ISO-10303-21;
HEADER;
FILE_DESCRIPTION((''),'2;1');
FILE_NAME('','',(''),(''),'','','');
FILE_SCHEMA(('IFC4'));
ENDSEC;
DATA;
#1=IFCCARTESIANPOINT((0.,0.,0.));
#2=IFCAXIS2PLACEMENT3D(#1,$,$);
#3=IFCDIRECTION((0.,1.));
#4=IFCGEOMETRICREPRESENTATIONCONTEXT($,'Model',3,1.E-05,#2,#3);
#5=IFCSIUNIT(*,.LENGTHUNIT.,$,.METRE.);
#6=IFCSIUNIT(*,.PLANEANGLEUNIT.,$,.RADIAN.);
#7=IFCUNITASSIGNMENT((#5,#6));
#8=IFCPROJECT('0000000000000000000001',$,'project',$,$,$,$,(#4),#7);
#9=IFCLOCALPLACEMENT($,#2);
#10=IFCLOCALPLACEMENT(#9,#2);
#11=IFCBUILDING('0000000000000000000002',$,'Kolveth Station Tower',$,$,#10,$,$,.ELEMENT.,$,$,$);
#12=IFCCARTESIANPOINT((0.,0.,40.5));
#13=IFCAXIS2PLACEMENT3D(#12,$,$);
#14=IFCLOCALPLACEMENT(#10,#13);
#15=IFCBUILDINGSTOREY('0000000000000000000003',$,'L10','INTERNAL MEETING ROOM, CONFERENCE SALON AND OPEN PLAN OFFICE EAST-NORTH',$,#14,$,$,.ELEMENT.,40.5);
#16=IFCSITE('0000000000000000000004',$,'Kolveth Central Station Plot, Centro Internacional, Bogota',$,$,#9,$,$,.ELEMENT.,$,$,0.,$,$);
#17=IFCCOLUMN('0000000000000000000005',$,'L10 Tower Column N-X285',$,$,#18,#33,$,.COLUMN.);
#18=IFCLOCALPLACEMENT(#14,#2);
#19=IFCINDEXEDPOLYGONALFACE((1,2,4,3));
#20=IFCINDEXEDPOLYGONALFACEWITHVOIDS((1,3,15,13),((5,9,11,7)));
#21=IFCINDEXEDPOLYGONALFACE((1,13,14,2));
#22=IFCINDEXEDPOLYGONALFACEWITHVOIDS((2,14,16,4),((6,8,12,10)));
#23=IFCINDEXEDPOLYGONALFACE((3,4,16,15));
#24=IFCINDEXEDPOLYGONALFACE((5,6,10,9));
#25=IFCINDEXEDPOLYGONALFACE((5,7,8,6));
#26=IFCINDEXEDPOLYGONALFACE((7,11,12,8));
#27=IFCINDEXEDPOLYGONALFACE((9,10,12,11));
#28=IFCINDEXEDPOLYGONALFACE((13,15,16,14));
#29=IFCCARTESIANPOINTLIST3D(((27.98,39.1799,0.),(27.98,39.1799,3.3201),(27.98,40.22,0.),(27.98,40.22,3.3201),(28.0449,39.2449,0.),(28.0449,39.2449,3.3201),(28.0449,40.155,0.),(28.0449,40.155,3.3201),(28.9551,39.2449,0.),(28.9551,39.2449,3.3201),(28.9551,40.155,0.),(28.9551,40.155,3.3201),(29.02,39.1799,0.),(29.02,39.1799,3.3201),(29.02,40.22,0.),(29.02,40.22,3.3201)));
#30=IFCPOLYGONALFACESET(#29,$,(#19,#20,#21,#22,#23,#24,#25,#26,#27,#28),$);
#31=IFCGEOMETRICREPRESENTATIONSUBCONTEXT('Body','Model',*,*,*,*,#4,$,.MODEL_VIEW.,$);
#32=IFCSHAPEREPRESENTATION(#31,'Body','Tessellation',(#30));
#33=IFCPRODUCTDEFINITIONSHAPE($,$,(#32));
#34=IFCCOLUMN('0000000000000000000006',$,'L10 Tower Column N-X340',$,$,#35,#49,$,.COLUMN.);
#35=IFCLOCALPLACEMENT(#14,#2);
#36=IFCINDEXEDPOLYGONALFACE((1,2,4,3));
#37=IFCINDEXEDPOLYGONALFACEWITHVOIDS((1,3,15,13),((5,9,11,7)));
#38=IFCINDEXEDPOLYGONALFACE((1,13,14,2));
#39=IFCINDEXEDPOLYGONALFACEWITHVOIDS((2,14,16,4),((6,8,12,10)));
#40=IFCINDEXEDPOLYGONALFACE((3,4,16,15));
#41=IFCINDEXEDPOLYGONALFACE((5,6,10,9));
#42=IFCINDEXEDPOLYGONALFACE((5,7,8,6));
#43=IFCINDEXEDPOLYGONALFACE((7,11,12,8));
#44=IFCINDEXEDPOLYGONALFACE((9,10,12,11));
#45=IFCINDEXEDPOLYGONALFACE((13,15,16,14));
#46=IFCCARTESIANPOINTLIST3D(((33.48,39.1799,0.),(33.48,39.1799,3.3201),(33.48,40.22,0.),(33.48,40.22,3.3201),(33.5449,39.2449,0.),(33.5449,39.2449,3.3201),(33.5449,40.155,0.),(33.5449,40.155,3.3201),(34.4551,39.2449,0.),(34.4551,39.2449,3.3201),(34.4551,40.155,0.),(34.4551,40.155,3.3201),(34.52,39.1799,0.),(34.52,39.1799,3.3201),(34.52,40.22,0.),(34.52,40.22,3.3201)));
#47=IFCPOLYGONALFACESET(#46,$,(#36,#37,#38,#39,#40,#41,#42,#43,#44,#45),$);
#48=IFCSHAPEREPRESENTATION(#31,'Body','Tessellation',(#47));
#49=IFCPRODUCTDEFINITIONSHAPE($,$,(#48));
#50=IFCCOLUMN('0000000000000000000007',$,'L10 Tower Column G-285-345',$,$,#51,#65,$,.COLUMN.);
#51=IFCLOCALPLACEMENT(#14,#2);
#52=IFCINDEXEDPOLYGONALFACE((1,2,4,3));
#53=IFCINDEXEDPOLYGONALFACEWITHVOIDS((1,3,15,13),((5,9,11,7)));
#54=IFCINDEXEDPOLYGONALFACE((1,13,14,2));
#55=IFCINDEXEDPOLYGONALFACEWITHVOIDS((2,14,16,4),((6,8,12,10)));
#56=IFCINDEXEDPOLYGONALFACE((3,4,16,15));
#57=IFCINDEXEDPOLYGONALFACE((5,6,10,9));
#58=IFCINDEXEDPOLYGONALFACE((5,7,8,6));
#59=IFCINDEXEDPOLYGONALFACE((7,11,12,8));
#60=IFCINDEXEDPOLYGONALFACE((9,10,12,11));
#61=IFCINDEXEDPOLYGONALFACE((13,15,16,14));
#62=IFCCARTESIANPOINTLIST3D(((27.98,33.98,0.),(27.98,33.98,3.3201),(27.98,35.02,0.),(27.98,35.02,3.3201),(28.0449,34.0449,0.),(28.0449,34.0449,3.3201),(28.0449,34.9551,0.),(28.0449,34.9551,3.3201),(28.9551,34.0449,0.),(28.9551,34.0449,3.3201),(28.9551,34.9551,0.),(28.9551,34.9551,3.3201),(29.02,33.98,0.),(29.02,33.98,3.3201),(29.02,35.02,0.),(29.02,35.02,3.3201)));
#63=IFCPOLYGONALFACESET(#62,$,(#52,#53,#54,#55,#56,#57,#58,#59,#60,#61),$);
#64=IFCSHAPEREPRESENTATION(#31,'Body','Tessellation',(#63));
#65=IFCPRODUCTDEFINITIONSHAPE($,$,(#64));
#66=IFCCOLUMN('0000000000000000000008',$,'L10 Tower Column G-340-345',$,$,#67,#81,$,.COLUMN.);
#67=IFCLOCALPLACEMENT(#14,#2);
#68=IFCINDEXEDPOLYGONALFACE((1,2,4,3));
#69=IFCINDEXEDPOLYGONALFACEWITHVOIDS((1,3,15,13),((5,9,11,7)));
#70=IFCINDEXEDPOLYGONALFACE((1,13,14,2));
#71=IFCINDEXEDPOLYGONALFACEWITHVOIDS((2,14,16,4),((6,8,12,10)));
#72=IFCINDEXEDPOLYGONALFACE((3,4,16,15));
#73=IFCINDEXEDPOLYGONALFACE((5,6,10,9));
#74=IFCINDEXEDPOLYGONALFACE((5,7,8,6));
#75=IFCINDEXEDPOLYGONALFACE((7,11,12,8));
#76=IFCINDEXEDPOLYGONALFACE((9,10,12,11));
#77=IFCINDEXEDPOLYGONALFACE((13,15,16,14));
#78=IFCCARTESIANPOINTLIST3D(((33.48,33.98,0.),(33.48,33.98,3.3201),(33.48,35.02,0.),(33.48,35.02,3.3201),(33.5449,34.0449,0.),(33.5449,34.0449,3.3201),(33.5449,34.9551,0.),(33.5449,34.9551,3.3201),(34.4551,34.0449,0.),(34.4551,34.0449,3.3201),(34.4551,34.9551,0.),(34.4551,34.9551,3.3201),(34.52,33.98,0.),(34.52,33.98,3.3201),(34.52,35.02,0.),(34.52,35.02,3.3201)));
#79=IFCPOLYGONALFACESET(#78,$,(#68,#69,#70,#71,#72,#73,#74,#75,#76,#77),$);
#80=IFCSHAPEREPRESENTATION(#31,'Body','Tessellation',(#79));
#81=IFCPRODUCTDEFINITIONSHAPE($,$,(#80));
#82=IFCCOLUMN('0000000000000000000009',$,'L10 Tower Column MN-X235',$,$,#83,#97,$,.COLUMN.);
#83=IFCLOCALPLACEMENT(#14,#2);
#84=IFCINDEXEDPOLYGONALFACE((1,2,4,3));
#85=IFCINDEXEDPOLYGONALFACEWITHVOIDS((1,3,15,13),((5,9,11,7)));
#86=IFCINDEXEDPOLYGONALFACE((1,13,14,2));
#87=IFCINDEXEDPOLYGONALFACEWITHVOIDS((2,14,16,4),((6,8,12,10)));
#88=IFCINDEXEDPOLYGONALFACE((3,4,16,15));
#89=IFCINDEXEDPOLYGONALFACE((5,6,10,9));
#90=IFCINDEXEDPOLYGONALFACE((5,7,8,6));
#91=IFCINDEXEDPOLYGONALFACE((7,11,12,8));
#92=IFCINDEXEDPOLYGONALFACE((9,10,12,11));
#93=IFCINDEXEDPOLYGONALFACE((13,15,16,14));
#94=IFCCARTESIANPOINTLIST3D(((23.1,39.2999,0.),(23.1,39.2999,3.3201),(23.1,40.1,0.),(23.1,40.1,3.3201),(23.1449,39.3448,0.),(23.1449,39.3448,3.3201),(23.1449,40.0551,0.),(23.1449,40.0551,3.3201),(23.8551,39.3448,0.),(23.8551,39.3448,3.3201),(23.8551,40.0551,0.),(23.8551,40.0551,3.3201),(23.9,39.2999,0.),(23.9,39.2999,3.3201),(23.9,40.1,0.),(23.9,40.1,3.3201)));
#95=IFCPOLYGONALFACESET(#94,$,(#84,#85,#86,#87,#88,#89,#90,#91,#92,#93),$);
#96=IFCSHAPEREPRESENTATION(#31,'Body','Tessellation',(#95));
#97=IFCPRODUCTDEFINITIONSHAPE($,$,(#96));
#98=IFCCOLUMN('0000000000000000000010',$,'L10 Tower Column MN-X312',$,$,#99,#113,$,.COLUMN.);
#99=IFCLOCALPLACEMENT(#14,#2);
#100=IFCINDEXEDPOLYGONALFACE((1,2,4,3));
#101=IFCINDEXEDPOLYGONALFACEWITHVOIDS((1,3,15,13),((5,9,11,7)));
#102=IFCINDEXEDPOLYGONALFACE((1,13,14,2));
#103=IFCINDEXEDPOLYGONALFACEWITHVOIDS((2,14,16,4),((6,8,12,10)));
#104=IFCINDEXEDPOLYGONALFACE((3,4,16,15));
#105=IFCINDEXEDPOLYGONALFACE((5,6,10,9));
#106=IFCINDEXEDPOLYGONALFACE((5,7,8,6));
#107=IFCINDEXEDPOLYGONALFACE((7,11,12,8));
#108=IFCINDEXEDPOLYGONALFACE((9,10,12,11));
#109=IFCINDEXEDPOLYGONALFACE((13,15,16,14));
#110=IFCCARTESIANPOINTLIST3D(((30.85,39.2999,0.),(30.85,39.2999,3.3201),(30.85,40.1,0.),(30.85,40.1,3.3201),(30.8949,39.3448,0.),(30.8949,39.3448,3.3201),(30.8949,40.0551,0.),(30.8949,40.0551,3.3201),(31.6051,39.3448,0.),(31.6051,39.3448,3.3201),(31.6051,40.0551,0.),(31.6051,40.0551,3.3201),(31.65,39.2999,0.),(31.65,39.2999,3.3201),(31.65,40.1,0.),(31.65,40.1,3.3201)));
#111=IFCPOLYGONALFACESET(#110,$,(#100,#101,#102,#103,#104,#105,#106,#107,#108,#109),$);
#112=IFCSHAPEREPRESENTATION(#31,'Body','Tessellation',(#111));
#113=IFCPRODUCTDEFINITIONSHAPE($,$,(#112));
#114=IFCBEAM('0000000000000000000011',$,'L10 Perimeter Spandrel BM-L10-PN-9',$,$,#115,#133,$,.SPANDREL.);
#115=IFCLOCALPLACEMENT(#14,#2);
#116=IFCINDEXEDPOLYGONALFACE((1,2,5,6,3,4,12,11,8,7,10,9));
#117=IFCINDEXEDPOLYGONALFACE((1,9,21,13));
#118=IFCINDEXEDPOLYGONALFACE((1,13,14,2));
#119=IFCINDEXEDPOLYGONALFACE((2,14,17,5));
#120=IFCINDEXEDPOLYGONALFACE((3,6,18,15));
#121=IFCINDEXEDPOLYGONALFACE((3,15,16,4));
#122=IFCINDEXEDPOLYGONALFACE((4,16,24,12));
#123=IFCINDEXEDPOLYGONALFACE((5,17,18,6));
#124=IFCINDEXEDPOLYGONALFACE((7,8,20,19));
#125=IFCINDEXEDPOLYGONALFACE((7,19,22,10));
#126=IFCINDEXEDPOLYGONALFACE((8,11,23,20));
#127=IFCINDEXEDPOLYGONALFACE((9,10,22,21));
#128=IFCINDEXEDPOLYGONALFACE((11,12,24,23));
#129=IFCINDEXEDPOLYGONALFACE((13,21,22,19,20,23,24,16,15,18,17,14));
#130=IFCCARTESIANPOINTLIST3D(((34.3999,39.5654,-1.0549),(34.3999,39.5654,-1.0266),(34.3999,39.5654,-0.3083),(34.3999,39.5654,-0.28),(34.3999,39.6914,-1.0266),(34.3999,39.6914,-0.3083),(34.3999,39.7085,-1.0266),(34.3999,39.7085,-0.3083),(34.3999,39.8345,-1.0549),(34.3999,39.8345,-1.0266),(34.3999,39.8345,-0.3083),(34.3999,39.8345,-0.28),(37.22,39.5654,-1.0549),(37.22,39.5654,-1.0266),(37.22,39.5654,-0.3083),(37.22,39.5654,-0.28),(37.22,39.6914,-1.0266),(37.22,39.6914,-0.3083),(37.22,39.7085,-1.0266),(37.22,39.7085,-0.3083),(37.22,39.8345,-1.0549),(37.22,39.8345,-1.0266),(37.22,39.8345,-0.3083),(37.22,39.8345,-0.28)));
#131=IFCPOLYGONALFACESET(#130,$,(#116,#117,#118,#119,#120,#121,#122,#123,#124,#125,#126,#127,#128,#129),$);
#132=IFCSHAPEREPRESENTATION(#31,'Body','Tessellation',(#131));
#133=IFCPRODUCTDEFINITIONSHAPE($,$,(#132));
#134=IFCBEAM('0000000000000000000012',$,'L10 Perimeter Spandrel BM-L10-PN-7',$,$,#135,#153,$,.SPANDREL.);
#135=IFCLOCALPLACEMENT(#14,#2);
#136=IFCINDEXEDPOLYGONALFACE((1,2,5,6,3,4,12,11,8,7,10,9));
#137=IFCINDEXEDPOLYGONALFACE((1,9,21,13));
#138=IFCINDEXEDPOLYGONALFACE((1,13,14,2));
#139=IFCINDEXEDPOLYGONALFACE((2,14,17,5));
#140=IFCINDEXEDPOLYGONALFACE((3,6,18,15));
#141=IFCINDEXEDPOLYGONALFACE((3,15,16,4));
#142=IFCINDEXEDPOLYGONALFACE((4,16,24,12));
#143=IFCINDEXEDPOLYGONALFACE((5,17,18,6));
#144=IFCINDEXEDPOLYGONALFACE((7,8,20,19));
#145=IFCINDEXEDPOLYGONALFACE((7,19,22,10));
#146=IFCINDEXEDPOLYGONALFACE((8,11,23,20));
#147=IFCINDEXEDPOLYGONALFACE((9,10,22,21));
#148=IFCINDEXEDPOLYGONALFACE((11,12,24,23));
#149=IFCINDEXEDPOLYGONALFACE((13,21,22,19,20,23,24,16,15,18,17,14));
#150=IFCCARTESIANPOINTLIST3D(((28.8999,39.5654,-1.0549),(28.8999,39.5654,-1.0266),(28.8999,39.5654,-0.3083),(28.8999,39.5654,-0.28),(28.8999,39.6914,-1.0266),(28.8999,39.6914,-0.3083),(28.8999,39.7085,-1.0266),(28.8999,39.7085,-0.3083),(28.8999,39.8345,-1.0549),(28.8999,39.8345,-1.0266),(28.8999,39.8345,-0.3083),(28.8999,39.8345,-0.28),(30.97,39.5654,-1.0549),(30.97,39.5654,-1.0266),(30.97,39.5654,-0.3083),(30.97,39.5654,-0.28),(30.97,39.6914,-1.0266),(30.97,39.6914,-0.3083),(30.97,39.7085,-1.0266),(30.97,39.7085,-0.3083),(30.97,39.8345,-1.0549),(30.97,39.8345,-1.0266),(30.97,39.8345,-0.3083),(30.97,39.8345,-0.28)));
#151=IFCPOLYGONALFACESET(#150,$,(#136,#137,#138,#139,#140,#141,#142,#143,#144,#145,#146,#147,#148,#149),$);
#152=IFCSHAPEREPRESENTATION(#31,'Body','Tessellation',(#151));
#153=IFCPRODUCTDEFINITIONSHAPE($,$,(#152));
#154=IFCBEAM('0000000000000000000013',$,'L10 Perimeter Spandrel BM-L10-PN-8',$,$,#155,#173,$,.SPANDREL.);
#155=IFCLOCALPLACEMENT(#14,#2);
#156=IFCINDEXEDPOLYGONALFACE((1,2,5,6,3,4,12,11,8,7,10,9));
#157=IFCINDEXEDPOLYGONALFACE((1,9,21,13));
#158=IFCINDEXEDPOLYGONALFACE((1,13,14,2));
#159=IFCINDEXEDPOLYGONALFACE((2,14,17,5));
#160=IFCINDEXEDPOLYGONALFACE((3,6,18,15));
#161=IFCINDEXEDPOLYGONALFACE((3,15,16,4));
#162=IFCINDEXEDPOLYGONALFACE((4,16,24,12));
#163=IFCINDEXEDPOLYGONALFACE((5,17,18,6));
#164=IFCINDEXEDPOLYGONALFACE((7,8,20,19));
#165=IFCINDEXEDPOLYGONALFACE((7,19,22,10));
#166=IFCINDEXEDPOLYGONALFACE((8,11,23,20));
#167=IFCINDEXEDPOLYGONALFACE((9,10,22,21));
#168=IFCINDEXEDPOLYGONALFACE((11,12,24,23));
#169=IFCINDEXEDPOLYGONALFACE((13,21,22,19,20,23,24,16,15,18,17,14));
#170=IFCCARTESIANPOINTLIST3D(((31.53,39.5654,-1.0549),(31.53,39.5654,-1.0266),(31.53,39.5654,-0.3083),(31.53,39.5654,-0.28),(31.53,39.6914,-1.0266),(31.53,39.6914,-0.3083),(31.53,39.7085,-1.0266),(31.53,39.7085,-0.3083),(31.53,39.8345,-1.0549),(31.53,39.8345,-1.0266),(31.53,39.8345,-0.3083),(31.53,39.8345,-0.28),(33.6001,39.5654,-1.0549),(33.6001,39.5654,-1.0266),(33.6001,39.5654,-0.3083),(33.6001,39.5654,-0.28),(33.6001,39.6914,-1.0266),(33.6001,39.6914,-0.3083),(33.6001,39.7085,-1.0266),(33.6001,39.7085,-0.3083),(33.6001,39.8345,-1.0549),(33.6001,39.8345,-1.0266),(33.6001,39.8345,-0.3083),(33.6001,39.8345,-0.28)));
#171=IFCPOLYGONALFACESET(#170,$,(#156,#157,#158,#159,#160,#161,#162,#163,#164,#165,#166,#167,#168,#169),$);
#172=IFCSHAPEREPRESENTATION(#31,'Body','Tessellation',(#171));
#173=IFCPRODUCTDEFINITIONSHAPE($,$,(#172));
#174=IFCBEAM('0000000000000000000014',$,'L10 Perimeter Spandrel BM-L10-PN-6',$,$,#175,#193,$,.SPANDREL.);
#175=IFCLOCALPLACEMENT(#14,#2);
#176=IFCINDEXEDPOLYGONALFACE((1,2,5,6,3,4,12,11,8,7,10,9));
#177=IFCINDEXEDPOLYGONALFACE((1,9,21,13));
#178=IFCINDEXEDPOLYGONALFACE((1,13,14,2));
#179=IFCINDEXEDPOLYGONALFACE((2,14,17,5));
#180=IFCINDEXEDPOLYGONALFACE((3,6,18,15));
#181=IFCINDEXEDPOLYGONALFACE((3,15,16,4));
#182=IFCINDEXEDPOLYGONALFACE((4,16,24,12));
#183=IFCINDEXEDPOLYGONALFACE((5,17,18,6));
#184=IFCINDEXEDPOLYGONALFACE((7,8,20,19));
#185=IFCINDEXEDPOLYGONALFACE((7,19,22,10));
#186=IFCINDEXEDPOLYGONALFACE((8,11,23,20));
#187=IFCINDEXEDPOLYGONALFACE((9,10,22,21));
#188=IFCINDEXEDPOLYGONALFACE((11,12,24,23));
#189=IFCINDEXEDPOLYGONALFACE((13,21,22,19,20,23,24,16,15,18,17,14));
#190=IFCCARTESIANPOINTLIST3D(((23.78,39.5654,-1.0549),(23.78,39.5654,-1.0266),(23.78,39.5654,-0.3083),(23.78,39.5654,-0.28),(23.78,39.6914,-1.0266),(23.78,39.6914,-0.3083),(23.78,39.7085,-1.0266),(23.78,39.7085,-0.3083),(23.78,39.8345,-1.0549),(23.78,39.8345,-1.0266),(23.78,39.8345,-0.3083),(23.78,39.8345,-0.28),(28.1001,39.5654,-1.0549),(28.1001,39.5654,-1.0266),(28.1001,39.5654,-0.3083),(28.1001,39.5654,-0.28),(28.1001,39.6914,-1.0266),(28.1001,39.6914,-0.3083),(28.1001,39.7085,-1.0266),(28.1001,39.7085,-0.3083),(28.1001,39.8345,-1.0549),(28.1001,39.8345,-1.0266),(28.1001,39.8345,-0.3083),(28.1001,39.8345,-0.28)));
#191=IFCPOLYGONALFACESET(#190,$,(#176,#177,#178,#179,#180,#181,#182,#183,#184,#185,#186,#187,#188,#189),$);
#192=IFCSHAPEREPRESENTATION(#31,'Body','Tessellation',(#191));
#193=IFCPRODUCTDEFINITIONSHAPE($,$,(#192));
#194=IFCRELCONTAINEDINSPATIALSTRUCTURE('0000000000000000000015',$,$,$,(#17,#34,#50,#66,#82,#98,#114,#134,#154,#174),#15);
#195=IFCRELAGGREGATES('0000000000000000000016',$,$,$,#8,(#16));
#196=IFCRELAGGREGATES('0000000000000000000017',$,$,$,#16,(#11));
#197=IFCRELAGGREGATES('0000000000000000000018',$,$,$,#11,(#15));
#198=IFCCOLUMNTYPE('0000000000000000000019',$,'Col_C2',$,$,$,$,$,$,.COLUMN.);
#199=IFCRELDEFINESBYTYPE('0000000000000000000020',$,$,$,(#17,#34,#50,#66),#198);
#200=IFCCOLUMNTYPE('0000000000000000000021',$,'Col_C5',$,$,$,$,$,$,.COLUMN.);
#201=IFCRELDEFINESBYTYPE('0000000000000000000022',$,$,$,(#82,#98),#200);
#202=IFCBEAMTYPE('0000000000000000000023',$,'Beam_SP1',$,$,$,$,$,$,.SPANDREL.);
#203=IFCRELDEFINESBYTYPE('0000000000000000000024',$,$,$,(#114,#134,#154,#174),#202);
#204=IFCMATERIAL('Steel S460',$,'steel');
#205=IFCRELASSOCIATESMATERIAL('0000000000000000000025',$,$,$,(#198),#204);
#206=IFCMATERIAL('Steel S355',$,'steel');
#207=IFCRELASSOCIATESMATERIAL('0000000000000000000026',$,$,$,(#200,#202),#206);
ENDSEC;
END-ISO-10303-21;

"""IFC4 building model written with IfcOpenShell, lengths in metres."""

from ifc_helpers import new_model, si_unit, direction, frame, origin, origin_2d, place, context, subcontext, project, spatial, hollow_rectangle, i_section, extrude, source, transform, mapped, material, material_profile, profile_set, type_object, element, save


model = new_model("IFC4")

# Units and contexts
model_context = context("Model", 3, precision=1e-05, world=origin(), true_north=direction((0.0, 1.0)))
body_context = subcontext(model_context, "Body", "Model", "MODEL_VIEW")
ifc_project = project(units=[si_unit("LENGTHUNIT", "METRE"), si_unit("PLANEANGLEUNIT", "RADIAN")], contexts=[model_context])

# Site, building, storey
site_placement = place(None, origin())
site = spatial("IfcSite", under=ifc_project, at=site_placement, Name="Kolveth Central Station Plot, Centro Internacional, Bogota", CompositionType="ELEMENT", RefElevation=0.0)
building_placement = place(site_placement, origin())
building = spatial("IfcBuilding", under=site, at=building_placement, Name="Kolveth Station Tower", CompositionType="ELEMENT")
storey_placement = place(building_placement, frame((0.0, 0.0, 40.5)))
storey = spatial("IfcBuildingStorey", under=building, at=storey_placement, Name="L10", Description="INTERNAL MEETING ROOM, CONFERENCE SALON AND OPEN PLAN OFFICE EAST-NORTH", CompositionType="ELEMENT", Elevation=40.5)

# Columns
ifc_material_1 = material(Name="Steel S460", Category="steel")
ifc_material_profile_1 = material_profile(ifc_material_1, hollow_rectangle(XDim=1.04, YDim=1.04, WallThickness=0.0649, at=origin_2d()), Name="BOX1040x1040x65")
ifc_profile_set_1 = profile_set([ifc_material_profile_1], Name="Steel S460")
column_type_1 = type_object("IfcColumnType", Name="Col_C2", PredefinedType="COLUMN", material=ifc_profile_set_1)
shared_shape_1 = source(origin(), body_context, "Body", "SweptSolid", [
    extrude(hollow_rectangle(XDim=1.04, YDim=1.04, WallThickness=0.0649, at=origin_2d()), origin(), (0.0, 0.0, 1.0), 3.3201),
])
for number, where, z_axis, x_axis, name in (
    (1, (28.5, 39.7, 0.0), (0.0, 0.0, 1.0), (1.0, 0.0, 0.0), "L10 Tower Column N-X285"),
    (2, (34.0, 39.7, 0.0), (0.0, 0.0, 1.0), (1.0, 0.0, 0.0), "L10 Tower Column N-X340"),
    (3, (28.5, 34.5, 0.0), (0.0, 0.0, 1.0), (1.0, 0.0, 0.0), "L10 Tower Column G-285-345"),
    (4, (34.0, 34.5, 0.0), (0.0, 0.0, 1.0), (1.0, 0.0, 0.0), "L10 Tower Column G-340-345"),
):
    element("IfcColumn", number, at=place(storey_placement, frame(where, z_axis=z_axis, x_axis=x_axis)), inside=storey, type_object=column_type_1, Name=name, PredefinedType="COLUMN", context=body_context, shape_type="MappedRepresentation", body=[
        mapped(shared_shape_1, transform((0.0, 0.0, 0.0), x_axis=(1.0, 0.0, 0.0), y_axis=(0.0, 1.0, 0.0), z_axis=(0.0, 0.0, 1.0), scale=1.0)),
    ])
ifc_material_2 = material(Name="Steel S355", Category="steel")
ifc_material_profile_2 = material_profile(ifc_material_2, hollow_rectangle(XDim=0.8, YDim=0.8, WallThickness=0.0449, at=origin_2d()), Name="BOX800x800x45")
ifc_profile_set_2 = profile_set([ifc_material_profile_2], Name="Steel S355")
column_type_2 = type_object("IfcColumnType", Name="Col_C5", PredefinedType="COLUMN", material=ifc_profile_set_2)
shared_shape_2 = source(origin(), body_context, "Body", "SweptSolid", [
    extrude(hollow_rectangle(XDim=0.8, YDim=0.8, WallThickness=0.0449, at=origin_2d()), origin(), (0.0, 0.0, 1.0), 3.3201),
])
for number, where, z_axis, x_axis, name in (
    (5, (23.5, 39.7, 0.0), (0.0, 0.0, 1.0), (1.0, 0.0, 0.0), "L10 Tower Column MN-X235"),
    (6, (31.25, 39.7, 0.0), (0.0, 0.0, 1.0), (1.0, 0.0, 0.0), "L10 Tower Column MN-X312"),
):
    element("IfcColumn", number, at=place(storey_placement, frame(where, z_axis=z_axis, x_axis=x_axis)), inside=storey, type_object=column_type_2, Name=name, PredefinedType="COLUMN", context=body_context, shape_type="MappedRepresentation", body=[
        mapped(shared_shape_2, transform((0.0, 0.0, 0.0), x_axis=(1.0, 0.0, 0.0), y_axis=(0.0, 1.0, 0.0), z_axis=(0.0, 0.0, 1.0), scale=1.0)),
    ])

# Beams
ifc_material_profile_3 = material_profile(ifc_material_2, i_section(OverallWidth=0.269, OverallDepth=0.7749, WebThickness=0.0171, FlangeThickness=0.0283, at=origin_2d()), Name="W760x220")
ifc_profile_set_3 = profile_set([ifc_material_profile_3], Name="Steel S355")
beam_type_1 = type_object("IfcBeamType", Name="Beam_SP1", PredefinedType="SPANDREL", material=ifc_profile_set_3)
shared_shape_3 = source(origin(), body_context, "Body", "SweptSolid", [
    extrude(i_section(OverallWidth=0.269, OverallDepth=0.7749, WebThickness=0.0171, FlangeThickness=0.0283, at=origin_2d()), origin(), (0.0, 0.0, 1.0), 2.8201),
])
beam_1_placement = place(storey_placement, frame((34.3999, 39.7, -0.6675), z_axis=(1.0, 0.0, 0.0), x_axis=(0.0, 1.0, 0.0)))
element("IfcBeam", 7, at=beam_1_placement, inside=storey, type_object=beam_type_1, Name="L10 Perimeter Spandrel BM-L10-PN-9", PredefinedType="SPANDREL", context=body_context, shape_type="MappedRepresentation", body=[
    mapped(shared_shape_3, transform((0.0, 0.0, 0.0), x_axis=(1.0, 0.0, 0.0), y_axis=(0.0, 1.0, 0.0), z_axis=(0.0, 0.0, 1.0), scale=1.0)),
])
shared_shape_4 = source(origin(), body_context, "Body", "SweptSolid", [
    extrude(i_section(OverallWidth=0.269, OverallDepth=0.7749, WebThickness=0.0171, FlangeThickness=0.0283, at=origin_2d()), origin(), (0.0, 0.0, 1.0), 2.0701),
])
for number, where, z_axis, x_axis, name in (
    (8, (28.8999, 39.7, -0.6675), (1.0, 0.0, 0.0), (0.0, 1.0, 0.0), "L10 Perimeter Spandrel BM-L10-PN-7"),
    (9, (31.53, 39.7, -0.6675), (1.0, 0.0, 0.0), (0.0, 1.0, 0.0), "L10 Perimeter Spandrel BM-L10-PN-8"),
):
    element("IfcBeam", number, at=place(storey_placement, frame(where, z_axis=z_axis, x_axis=x_axis)), inside=storey, type_object=beam_type_1, Name=name, PredefinedType="SPANDREL", context=body_context, shape_type="MappedRepresentation", body=[
        mapped(shared_shape_4, transform((0.0, 0.0, 0.0), x_axis=(1.0, 0.0, 0.0), y_axis=(0.0, 1.0, 0.0), z_axis=(0.0, 0.0, 1.0), scale=1.0)),
    ])
shared_shape_5 = source(origin(), body_context, "Body", "SweptSolid", [
    extrude(i_section(OverallWidth=0.269, OverallDepth=0.7749, WebThickness=0.0171, FlangeThickness=0.0283, at=origin_2d()), origin(), (0.0, 0.0, 1.0), 4.3201),
])
beam_2_placement = place(storey_placement, frame((23.78, 39.7, -0.6675), z_axis=(1.0, 0.0, 0.0), x_axis=(0.0, 1.0, 0.0)))
element("IfcBeam", 10, at=beam_2_placement, inside=storey, type_object=beam_type_1, Name="L10 Perimeter Spandrel BM-L10-PN-6", PredefinedType="SPANDREL", context=body_context, shape_type="MappedRepresentation", body=[
    mapped(shared_shape_5, transform((0.0, 0.0, 0.0), x_axis=(1.0, 0.0, 0.0), y_axis=(0.0, 1.0, 0.0), z_axis=(0.0, 0.0, 1.0), scale=1.0)),
])

save(model, "model.ifc")
